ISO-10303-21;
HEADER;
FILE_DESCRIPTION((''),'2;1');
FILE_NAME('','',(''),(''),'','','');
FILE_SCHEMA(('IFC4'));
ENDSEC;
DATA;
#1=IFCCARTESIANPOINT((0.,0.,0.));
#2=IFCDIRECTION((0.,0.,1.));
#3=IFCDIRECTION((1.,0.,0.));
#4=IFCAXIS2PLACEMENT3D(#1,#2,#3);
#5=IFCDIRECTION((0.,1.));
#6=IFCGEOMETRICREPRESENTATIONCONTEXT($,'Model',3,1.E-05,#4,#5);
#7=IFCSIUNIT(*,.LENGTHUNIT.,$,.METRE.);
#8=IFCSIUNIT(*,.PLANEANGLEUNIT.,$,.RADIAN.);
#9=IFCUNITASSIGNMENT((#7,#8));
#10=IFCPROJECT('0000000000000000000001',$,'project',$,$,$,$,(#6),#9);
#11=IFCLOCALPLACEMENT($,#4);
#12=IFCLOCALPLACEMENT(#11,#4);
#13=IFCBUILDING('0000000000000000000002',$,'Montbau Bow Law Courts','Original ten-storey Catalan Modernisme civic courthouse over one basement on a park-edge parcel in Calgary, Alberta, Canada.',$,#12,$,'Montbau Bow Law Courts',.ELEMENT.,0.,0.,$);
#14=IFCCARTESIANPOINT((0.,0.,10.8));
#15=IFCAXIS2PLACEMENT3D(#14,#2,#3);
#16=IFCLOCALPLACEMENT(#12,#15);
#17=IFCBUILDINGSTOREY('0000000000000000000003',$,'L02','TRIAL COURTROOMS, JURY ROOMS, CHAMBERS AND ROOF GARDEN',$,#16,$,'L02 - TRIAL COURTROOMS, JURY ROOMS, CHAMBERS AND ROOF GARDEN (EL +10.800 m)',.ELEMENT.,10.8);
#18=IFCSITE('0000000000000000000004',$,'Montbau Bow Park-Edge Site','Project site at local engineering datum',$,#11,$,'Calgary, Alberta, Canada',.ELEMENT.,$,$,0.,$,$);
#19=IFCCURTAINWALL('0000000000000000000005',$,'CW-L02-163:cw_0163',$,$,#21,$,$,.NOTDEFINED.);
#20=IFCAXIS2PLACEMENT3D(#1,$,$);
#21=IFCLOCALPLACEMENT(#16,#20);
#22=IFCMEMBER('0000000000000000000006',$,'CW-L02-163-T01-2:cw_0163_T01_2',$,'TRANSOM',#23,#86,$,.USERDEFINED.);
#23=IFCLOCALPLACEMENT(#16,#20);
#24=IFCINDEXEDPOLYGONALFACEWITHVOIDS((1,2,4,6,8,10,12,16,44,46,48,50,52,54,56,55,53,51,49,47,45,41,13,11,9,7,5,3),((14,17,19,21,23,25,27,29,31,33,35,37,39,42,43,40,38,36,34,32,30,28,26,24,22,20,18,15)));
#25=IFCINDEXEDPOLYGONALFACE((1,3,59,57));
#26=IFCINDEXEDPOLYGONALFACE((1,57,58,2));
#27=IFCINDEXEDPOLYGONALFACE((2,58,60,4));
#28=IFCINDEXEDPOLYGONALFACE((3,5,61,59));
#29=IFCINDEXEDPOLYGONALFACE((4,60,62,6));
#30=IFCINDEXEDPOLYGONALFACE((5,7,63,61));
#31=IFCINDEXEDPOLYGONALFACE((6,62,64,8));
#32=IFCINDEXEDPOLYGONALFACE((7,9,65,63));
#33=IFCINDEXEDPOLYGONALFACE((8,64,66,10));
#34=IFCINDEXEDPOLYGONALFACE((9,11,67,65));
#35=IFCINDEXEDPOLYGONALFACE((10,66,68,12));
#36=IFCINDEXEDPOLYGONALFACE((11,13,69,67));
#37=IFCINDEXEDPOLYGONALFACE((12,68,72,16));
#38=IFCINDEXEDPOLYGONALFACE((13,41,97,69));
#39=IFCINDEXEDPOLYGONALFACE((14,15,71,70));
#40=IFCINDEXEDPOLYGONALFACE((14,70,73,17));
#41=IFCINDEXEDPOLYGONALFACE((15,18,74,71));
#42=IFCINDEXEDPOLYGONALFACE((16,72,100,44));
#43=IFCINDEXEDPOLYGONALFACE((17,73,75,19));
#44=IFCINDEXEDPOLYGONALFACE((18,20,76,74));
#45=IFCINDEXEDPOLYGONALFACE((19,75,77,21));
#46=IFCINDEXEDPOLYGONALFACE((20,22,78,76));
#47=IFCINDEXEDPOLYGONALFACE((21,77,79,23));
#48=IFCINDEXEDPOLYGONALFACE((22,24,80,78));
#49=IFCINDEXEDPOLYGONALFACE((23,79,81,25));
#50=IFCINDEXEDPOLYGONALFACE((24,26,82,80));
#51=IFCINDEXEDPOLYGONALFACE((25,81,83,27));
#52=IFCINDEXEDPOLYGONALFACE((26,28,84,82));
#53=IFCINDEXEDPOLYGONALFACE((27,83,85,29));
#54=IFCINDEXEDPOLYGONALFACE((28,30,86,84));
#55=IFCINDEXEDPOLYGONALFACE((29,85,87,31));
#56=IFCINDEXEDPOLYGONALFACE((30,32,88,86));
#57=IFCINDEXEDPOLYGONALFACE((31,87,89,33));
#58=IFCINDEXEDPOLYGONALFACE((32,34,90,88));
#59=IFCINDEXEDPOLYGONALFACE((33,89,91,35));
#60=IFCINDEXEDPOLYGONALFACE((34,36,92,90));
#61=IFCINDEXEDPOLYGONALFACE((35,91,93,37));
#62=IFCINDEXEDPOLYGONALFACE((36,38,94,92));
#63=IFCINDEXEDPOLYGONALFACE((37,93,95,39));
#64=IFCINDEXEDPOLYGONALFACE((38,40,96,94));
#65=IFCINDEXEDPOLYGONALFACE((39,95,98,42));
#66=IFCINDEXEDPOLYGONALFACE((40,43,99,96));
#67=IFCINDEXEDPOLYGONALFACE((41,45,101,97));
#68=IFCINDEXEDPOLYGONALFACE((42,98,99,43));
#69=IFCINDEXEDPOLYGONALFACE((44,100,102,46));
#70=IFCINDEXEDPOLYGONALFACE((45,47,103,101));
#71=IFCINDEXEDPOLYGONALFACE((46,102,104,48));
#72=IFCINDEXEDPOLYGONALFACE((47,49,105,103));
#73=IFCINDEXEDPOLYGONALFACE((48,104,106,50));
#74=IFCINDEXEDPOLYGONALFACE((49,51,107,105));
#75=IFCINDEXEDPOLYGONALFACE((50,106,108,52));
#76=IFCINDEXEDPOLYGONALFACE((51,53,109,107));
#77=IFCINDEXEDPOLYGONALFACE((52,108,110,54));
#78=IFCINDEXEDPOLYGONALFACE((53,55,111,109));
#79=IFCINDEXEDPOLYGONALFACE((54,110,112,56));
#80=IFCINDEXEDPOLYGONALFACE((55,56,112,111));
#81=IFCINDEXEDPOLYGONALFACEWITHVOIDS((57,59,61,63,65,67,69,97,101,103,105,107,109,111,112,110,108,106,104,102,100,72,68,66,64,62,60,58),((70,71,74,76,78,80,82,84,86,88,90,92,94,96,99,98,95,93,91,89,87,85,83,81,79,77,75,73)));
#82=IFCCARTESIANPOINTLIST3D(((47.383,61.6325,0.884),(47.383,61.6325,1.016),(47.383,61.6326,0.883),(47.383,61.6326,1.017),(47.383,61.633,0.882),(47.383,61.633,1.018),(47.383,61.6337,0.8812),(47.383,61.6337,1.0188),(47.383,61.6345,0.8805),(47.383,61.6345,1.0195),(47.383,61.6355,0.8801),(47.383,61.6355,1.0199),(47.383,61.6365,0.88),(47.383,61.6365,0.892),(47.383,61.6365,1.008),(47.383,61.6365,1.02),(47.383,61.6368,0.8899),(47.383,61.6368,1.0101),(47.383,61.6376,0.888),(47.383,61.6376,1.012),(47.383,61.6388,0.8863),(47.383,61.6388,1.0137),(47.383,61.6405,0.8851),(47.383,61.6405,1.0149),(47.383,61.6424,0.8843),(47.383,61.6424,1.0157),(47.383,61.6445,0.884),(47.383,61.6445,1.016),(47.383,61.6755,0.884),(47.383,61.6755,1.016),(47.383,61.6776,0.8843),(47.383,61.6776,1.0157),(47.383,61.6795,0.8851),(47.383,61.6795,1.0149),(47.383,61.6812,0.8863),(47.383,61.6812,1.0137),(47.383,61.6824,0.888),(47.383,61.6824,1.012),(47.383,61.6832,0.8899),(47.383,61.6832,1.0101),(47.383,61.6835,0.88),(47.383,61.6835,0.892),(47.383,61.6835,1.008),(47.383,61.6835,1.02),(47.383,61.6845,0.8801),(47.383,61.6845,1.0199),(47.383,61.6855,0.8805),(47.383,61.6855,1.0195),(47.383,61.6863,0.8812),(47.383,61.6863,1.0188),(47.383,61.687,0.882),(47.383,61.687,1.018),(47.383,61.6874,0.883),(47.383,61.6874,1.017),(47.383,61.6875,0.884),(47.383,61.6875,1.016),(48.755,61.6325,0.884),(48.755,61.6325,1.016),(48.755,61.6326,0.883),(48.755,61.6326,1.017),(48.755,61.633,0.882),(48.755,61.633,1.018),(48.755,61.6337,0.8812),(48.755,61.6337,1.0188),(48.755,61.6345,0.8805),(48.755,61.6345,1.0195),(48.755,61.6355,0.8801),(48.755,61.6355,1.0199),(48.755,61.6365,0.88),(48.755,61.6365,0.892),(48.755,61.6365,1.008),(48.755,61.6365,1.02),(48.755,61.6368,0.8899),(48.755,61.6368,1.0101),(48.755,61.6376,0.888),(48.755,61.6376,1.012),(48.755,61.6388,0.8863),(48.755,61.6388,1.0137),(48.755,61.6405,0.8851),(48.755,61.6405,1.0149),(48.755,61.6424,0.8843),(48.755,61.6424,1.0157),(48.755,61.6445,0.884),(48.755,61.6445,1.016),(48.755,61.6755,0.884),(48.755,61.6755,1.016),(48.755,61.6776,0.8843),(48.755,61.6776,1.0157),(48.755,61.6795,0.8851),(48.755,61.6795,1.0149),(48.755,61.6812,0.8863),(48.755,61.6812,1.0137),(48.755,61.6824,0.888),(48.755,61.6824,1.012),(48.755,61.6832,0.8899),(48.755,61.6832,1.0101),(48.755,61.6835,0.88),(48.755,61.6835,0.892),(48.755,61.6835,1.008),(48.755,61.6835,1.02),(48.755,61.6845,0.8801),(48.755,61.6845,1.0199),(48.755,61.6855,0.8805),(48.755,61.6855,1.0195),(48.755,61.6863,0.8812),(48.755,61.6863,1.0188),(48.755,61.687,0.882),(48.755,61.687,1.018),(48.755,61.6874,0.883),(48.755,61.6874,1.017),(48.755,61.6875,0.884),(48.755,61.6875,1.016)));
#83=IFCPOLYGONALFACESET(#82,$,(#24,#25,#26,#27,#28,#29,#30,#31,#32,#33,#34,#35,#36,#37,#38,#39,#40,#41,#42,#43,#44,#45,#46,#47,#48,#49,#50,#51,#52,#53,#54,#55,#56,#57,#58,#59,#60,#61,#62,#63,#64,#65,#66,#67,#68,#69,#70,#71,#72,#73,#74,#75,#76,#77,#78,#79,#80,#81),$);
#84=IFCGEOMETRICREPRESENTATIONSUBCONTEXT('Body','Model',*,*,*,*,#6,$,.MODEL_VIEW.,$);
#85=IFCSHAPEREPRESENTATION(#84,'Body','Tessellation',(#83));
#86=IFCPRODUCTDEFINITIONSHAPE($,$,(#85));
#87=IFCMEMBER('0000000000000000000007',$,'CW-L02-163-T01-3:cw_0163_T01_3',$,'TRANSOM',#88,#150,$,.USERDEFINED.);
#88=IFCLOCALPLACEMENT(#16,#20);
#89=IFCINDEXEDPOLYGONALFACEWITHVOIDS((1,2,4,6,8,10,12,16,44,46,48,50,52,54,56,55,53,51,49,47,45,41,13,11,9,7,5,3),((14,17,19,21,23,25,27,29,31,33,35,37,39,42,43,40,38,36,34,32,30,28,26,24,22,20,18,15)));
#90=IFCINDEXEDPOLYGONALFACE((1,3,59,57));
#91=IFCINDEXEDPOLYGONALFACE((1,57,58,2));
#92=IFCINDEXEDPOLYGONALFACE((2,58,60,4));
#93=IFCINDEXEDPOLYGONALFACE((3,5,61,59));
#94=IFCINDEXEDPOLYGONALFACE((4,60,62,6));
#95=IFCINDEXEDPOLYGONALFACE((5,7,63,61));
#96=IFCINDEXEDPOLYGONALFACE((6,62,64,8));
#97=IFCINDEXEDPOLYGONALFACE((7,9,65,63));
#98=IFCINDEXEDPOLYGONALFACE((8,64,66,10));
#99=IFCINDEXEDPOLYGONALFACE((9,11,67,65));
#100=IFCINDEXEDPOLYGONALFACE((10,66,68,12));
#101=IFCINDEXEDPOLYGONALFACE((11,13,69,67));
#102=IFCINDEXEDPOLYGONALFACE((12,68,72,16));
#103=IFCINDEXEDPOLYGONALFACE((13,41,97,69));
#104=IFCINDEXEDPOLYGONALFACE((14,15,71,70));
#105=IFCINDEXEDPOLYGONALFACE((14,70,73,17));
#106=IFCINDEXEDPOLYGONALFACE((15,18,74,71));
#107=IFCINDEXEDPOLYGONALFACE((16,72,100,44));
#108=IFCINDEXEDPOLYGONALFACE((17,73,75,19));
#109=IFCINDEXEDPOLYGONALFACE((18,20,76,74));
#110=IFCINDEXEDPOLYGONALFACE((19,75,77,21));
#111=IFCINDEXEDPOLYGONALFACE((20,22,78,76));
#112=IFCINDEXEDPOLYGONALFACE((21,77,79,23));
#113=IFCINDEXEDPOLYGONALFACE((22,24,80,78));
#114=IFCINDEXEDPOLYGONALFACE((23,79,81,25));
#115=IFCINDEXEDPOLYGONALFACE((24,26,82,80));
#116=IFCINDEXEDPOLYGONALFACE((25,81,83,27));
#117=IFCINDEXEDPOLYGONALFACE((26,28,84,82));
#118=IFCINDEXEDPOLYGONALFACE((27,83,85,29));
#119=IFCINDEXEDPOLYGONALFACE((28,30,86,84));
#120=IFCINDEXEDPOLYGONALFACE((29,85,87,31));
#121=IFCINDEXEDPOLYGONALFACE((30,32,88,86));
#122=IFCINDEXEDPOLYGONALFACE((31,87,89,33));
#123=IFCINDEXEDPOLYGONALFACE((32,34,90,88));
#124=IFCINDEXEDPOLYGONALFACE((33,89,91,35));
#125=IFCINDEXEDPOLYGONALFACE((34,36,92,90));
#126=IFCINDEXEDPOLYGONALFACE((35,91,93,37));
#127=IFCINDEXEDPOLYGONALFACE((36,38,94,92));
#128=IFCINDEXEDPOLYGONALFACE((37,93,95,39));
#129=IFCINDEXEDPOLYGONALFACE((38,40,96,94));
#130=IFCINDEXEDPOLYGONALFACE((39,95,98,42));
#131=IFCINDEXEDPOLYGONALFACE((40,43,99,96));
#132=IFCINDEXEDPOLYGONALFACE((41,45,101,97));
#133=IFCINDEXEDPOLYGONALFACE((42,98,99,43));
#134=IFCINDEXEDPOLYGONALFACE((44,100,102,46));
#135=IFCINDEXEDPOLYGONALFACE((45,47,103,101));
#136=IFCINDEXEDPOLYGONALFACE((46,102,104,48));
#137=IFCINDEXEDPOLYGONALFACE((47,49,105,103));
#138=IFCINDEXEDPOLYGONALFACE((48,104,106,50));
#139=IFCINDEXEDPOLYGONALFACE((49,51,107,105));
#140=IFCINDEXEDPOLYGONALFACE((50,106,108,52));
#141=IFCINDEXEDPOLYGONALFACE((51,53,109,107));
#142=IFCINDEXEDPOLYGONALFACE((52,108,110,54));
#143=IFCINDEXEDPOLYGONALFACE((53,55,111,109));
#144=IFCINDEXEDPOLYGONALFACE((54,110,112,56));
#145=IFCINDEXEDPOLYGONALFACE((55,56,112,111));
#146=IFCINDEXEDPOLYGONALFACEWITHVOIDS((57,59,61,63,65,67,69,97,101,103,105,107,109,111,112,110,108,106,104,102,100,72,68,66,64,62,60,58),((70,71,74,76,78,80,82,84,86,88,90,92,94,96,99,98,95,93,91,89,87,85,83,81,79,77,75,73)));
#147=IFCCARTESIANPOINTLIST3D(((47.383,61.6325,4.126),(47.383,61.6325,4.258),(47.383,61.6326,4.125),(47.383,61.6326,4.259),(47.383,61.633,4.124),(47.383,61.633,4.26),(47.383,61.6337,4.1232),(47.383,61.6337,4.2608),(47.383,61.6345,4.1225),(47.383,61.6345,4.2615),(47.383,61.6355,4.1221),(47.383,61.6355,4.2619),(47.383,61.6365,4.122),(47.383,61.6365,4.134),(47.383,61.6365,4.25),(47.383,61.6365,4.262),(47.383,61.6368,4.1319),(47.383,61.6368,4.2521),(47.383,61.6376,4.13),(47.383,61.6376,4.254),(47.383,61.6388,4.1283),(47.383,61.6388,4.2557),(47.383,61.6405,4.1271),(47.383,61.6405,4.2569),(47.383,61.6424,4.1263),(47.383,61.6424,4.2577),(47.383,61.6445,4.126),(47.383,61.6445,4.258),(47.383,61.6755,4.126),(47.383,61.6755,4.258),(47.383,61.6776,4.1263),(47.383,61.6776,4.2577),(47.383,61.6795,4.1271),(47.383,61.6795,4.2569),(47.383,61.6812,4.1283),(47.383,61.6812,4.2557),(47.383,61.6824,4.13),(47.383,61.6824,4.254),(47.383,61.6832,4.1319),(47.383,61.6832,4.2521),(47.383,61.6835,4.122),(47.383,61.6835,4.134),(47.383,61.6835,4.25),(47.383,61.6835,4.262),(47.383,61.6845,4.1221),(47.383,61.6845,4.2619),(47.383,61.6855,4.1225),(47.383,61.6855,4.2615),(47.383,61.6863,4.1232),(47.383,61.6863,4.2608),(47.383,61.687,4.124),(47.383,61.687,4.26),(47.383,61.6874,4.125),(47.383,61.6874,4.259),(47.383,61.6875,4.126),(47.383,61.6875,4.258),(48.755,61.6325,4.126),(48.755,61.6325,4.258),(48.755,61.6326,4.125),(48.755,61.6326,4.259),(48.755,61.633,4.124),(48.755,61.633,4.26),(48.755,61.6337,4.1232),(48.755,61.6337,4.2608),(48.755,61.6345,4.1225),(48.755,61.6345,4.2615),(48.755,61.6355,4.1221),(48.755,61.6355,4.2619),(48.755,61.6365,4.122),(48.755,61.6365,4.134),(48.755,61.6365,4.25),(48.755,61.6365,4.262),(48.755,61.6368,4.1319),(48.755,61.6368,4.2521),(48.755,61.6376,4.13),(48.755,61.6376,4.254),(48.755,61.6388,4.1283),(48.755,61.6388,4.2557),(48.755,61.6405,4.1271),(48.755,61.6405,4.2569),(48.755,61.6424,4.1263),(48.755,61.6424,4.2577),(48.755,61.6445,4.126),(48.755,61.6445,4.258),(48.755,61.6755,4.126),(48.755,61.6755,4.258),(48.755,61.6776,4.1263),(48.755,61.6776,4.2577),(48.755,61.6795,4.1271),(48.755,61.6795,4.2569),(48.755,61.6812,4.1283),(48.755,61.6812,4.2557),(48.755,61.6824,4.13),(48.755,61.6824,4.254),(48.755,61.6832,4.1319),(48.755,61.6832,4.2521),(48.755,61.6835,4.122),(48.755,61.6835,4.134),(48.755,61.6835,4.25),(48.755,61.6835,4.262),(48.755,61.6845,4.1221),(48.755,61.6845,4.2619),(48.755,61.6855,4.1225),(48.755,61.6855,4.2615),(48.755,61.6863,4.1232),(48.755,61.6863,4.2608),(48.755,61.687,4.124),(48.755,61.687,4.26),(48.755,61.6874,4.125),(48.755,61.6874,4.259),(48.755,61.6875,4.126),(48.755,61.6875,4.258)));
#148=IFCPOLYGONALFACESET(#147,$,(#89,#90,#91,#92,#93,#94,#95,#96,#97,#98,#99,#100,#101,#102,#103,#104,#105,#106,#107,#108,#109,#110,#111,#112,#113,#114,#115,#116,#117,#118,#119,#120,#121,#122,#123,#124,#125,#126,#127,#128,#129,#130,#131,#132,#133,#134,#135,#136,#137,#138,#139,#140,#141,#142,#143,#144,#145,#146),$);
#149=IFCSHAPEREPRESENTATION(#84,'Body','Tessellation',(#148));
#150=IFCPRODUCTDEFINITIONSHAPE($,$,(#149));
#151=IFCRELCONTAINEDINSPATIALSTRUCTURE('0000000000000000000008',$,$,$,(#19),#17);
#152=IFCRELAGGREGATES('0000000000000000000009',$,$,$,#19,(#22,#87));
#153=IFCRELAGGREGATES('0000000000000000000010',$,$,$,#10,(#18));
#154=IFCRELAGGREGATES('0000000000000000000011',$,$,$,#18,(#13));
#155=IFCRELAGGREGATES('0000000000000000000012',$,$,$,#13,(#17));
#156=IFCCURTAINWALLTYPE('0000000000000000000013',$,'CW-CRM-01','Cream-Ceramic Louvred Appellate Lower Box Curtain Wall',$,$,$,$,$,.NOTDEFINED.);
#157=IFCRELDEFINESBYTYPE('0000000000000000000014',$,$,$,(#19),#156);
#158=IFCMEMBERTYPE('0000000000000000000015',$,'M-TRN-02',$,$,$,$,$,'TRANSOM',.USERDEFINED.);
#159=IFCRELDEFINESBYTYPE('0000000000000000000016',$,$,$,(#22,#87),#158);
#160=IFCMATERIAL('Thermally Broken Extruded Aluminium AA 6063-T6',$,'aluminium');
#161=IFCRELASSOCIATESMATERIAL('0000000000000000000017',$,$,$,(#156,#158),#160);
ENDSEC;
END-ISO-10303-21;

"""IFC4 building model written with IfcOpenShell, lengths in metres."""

from ifc_helpers import new_model, si_unit, direction, frame, origin_with_axes, origin_2d_with_axis, place, context, subcontext, project, spatial, hollow_rectangle, extrude, material, material_profile, profile_set, type_object, element, aggregate, save


model = new_model("IFC4")

# Units and contexts
model_context = context("Model", 3, precision=1e-05, world=origin_with_axes(), true_north=direction((0.0, 1.0)))
body_context = subcontext(model_context, "Body", "Model", "MODEL_VIEW")
ifc_project = project(units=[si_unit("LENGTHUNIT", "METRE"), si_unit("PLANEANGLEUNIT", "RADIAN")], contexts=[model_context])

# Site, building, storey
site_placement = place(None, origin_with_axes())
site = spatial("IfcSite", under=ifc_project, at=site_placement, Name="Montbau Bow Park-Edge Site", Description="Project site at local engineering datum", LongName="Calgary, Alberta, Canada", CompositionType="ELEMENT", RefElevation=0.0)
building_placement = place(site_placement, origin_with_axes())
building = spatial("IfcBuilding", under=site, at=building_placement, Name="Montbau Bow Law Courts", Description="Original ten-storey Catalan Modernisme civic courthouse over one basement on a park-edge parcel in Calgary, Alberta, Canada.", LongName="Montbau Bow Law Courts", CompositionType="ELEMENT", ElevationOfRefHeight=0.0, ElevationOfTerrain=0.0)
storey_placement = place(building_placement, frame((0.0, 0.0, 10.8), z_axis=(0.0, 0.0, 1.0), x_axis=(1.0, 0.0, 0.0)))
storey = spatial("IfcBuildingStorey", under=building, at=storey_placement, Name="L02", Description="TRIAL COURTROOMS, JURY ROOMS, CHAMBERS AND ROOF GARDEN", LongName="L02 - TRIAL COURTROOMS, JURY ROOMS, CHAMBERS AND ROOF GARDEN (EL +10.800 m)", CompositionType="ELEMENT", Elevation=10.8)

# Shared definitions
ifc_material_1 = material(Name="Thermally Broken Extruded Aluminium AA 6063-T6", Category="aluminium")
curtain_wall_type = type_object("IfcCurtainWallType", Name="CW-CRM-01", Description="Cream-Ceramic Louvred Appellate Lower Box Curtain Wall", PredefinedType="NOTDEFINED", material=ifc_material_1)

# Curtain wall, members
curtain_wall_1_placement = place(None, frame((47.315, 61.66, 10.8), z_axis=(0.0, 0.0, 1.0), x_axis=(1.0, 0.0, 0.0)))
curtain_wall_1 = element("IfcCurtainWall", 1, at=curtain_wall_1_placement, inside=storey, type_object=curtain_wall_type, Name="CW-L02-163:cw_0163", PredefinedType="NOTDEFINED")
ifc_material_profile_1 = material_profile(ifc_material_1, hollow_rectangle(XDim=0.055, YDim=0.14, WallThickness=0.004, InnerFilletRadius=0.008, OuterFilletRadius=0.004, at=origin_2d_with_axis()), Name="CWT-140X55", Category="Main", Priority=0)
ifc_profile_set_1 = profile_set([ifc_material_profile_1], Name="Thermally Broken Extruded Aluminium AA 6063-T6")
member_type_1 = type_object("IfcMemberType", Name="M-TRN-02", ElementType="TRANSOM", PredefinedType="USERDEFINED", material=ifc_profile_set_1)
member_1_placement = place(None, frame((47.383, 61.66, 11.75), z_axis=(1.0, 0.0, 0.0), x_axis=(0.0, 1.0, 0.0)))
member_1 = element("IfcMember", 2, at=member_1_placement, type_object=member_type_1, Name="CW-L02-163-T01-2:cw_0163_T01_2", ObjectType="TRANSOM", PredefinedType="USERDEFINED", context=body_context, shape_type="SweptSolid", body=[
    extrude(hollow_rectangle(XDim=0.055, YDim=0.14, WallThickness=0.004, InnerFilletRadius=0.008, OuterFilletRadius=0.004, at=origin_2d_with_axis()), origin_with_axes(), (0.0, 0.0, 1.0), 1.372),
])
member_2_placement = place(None, frame((47.383, 61.66, 14.992), z_axis=(1.0, 0.0, 0.0), x_axis=(0.0, 1.0, 0.0)))
member_2 = element("IfcMember", 3, at=member_2_placement, type_object=member_type_1, Name="CW-L02-163-T01-3:cw_0163_T01_3", ObjectType="TRANSOM", PredefinedType="USERDEFINED", context=body_context, shape_type="SweptSolid", body=[
    extrude(hollow_rectangle(XDim=0.055, YDim=0.14, WallThickness=0.004, InnerFilletRadius=0.008, OuterFilletRadius=0.004, at=origin_2d_with_axis()), origin_with_axes(), (0.0, 0.0, 1.0), 1.372),
])

aggregate(curtain_wall_1, [member_1, member_2])

save(model, "model.ifc")
